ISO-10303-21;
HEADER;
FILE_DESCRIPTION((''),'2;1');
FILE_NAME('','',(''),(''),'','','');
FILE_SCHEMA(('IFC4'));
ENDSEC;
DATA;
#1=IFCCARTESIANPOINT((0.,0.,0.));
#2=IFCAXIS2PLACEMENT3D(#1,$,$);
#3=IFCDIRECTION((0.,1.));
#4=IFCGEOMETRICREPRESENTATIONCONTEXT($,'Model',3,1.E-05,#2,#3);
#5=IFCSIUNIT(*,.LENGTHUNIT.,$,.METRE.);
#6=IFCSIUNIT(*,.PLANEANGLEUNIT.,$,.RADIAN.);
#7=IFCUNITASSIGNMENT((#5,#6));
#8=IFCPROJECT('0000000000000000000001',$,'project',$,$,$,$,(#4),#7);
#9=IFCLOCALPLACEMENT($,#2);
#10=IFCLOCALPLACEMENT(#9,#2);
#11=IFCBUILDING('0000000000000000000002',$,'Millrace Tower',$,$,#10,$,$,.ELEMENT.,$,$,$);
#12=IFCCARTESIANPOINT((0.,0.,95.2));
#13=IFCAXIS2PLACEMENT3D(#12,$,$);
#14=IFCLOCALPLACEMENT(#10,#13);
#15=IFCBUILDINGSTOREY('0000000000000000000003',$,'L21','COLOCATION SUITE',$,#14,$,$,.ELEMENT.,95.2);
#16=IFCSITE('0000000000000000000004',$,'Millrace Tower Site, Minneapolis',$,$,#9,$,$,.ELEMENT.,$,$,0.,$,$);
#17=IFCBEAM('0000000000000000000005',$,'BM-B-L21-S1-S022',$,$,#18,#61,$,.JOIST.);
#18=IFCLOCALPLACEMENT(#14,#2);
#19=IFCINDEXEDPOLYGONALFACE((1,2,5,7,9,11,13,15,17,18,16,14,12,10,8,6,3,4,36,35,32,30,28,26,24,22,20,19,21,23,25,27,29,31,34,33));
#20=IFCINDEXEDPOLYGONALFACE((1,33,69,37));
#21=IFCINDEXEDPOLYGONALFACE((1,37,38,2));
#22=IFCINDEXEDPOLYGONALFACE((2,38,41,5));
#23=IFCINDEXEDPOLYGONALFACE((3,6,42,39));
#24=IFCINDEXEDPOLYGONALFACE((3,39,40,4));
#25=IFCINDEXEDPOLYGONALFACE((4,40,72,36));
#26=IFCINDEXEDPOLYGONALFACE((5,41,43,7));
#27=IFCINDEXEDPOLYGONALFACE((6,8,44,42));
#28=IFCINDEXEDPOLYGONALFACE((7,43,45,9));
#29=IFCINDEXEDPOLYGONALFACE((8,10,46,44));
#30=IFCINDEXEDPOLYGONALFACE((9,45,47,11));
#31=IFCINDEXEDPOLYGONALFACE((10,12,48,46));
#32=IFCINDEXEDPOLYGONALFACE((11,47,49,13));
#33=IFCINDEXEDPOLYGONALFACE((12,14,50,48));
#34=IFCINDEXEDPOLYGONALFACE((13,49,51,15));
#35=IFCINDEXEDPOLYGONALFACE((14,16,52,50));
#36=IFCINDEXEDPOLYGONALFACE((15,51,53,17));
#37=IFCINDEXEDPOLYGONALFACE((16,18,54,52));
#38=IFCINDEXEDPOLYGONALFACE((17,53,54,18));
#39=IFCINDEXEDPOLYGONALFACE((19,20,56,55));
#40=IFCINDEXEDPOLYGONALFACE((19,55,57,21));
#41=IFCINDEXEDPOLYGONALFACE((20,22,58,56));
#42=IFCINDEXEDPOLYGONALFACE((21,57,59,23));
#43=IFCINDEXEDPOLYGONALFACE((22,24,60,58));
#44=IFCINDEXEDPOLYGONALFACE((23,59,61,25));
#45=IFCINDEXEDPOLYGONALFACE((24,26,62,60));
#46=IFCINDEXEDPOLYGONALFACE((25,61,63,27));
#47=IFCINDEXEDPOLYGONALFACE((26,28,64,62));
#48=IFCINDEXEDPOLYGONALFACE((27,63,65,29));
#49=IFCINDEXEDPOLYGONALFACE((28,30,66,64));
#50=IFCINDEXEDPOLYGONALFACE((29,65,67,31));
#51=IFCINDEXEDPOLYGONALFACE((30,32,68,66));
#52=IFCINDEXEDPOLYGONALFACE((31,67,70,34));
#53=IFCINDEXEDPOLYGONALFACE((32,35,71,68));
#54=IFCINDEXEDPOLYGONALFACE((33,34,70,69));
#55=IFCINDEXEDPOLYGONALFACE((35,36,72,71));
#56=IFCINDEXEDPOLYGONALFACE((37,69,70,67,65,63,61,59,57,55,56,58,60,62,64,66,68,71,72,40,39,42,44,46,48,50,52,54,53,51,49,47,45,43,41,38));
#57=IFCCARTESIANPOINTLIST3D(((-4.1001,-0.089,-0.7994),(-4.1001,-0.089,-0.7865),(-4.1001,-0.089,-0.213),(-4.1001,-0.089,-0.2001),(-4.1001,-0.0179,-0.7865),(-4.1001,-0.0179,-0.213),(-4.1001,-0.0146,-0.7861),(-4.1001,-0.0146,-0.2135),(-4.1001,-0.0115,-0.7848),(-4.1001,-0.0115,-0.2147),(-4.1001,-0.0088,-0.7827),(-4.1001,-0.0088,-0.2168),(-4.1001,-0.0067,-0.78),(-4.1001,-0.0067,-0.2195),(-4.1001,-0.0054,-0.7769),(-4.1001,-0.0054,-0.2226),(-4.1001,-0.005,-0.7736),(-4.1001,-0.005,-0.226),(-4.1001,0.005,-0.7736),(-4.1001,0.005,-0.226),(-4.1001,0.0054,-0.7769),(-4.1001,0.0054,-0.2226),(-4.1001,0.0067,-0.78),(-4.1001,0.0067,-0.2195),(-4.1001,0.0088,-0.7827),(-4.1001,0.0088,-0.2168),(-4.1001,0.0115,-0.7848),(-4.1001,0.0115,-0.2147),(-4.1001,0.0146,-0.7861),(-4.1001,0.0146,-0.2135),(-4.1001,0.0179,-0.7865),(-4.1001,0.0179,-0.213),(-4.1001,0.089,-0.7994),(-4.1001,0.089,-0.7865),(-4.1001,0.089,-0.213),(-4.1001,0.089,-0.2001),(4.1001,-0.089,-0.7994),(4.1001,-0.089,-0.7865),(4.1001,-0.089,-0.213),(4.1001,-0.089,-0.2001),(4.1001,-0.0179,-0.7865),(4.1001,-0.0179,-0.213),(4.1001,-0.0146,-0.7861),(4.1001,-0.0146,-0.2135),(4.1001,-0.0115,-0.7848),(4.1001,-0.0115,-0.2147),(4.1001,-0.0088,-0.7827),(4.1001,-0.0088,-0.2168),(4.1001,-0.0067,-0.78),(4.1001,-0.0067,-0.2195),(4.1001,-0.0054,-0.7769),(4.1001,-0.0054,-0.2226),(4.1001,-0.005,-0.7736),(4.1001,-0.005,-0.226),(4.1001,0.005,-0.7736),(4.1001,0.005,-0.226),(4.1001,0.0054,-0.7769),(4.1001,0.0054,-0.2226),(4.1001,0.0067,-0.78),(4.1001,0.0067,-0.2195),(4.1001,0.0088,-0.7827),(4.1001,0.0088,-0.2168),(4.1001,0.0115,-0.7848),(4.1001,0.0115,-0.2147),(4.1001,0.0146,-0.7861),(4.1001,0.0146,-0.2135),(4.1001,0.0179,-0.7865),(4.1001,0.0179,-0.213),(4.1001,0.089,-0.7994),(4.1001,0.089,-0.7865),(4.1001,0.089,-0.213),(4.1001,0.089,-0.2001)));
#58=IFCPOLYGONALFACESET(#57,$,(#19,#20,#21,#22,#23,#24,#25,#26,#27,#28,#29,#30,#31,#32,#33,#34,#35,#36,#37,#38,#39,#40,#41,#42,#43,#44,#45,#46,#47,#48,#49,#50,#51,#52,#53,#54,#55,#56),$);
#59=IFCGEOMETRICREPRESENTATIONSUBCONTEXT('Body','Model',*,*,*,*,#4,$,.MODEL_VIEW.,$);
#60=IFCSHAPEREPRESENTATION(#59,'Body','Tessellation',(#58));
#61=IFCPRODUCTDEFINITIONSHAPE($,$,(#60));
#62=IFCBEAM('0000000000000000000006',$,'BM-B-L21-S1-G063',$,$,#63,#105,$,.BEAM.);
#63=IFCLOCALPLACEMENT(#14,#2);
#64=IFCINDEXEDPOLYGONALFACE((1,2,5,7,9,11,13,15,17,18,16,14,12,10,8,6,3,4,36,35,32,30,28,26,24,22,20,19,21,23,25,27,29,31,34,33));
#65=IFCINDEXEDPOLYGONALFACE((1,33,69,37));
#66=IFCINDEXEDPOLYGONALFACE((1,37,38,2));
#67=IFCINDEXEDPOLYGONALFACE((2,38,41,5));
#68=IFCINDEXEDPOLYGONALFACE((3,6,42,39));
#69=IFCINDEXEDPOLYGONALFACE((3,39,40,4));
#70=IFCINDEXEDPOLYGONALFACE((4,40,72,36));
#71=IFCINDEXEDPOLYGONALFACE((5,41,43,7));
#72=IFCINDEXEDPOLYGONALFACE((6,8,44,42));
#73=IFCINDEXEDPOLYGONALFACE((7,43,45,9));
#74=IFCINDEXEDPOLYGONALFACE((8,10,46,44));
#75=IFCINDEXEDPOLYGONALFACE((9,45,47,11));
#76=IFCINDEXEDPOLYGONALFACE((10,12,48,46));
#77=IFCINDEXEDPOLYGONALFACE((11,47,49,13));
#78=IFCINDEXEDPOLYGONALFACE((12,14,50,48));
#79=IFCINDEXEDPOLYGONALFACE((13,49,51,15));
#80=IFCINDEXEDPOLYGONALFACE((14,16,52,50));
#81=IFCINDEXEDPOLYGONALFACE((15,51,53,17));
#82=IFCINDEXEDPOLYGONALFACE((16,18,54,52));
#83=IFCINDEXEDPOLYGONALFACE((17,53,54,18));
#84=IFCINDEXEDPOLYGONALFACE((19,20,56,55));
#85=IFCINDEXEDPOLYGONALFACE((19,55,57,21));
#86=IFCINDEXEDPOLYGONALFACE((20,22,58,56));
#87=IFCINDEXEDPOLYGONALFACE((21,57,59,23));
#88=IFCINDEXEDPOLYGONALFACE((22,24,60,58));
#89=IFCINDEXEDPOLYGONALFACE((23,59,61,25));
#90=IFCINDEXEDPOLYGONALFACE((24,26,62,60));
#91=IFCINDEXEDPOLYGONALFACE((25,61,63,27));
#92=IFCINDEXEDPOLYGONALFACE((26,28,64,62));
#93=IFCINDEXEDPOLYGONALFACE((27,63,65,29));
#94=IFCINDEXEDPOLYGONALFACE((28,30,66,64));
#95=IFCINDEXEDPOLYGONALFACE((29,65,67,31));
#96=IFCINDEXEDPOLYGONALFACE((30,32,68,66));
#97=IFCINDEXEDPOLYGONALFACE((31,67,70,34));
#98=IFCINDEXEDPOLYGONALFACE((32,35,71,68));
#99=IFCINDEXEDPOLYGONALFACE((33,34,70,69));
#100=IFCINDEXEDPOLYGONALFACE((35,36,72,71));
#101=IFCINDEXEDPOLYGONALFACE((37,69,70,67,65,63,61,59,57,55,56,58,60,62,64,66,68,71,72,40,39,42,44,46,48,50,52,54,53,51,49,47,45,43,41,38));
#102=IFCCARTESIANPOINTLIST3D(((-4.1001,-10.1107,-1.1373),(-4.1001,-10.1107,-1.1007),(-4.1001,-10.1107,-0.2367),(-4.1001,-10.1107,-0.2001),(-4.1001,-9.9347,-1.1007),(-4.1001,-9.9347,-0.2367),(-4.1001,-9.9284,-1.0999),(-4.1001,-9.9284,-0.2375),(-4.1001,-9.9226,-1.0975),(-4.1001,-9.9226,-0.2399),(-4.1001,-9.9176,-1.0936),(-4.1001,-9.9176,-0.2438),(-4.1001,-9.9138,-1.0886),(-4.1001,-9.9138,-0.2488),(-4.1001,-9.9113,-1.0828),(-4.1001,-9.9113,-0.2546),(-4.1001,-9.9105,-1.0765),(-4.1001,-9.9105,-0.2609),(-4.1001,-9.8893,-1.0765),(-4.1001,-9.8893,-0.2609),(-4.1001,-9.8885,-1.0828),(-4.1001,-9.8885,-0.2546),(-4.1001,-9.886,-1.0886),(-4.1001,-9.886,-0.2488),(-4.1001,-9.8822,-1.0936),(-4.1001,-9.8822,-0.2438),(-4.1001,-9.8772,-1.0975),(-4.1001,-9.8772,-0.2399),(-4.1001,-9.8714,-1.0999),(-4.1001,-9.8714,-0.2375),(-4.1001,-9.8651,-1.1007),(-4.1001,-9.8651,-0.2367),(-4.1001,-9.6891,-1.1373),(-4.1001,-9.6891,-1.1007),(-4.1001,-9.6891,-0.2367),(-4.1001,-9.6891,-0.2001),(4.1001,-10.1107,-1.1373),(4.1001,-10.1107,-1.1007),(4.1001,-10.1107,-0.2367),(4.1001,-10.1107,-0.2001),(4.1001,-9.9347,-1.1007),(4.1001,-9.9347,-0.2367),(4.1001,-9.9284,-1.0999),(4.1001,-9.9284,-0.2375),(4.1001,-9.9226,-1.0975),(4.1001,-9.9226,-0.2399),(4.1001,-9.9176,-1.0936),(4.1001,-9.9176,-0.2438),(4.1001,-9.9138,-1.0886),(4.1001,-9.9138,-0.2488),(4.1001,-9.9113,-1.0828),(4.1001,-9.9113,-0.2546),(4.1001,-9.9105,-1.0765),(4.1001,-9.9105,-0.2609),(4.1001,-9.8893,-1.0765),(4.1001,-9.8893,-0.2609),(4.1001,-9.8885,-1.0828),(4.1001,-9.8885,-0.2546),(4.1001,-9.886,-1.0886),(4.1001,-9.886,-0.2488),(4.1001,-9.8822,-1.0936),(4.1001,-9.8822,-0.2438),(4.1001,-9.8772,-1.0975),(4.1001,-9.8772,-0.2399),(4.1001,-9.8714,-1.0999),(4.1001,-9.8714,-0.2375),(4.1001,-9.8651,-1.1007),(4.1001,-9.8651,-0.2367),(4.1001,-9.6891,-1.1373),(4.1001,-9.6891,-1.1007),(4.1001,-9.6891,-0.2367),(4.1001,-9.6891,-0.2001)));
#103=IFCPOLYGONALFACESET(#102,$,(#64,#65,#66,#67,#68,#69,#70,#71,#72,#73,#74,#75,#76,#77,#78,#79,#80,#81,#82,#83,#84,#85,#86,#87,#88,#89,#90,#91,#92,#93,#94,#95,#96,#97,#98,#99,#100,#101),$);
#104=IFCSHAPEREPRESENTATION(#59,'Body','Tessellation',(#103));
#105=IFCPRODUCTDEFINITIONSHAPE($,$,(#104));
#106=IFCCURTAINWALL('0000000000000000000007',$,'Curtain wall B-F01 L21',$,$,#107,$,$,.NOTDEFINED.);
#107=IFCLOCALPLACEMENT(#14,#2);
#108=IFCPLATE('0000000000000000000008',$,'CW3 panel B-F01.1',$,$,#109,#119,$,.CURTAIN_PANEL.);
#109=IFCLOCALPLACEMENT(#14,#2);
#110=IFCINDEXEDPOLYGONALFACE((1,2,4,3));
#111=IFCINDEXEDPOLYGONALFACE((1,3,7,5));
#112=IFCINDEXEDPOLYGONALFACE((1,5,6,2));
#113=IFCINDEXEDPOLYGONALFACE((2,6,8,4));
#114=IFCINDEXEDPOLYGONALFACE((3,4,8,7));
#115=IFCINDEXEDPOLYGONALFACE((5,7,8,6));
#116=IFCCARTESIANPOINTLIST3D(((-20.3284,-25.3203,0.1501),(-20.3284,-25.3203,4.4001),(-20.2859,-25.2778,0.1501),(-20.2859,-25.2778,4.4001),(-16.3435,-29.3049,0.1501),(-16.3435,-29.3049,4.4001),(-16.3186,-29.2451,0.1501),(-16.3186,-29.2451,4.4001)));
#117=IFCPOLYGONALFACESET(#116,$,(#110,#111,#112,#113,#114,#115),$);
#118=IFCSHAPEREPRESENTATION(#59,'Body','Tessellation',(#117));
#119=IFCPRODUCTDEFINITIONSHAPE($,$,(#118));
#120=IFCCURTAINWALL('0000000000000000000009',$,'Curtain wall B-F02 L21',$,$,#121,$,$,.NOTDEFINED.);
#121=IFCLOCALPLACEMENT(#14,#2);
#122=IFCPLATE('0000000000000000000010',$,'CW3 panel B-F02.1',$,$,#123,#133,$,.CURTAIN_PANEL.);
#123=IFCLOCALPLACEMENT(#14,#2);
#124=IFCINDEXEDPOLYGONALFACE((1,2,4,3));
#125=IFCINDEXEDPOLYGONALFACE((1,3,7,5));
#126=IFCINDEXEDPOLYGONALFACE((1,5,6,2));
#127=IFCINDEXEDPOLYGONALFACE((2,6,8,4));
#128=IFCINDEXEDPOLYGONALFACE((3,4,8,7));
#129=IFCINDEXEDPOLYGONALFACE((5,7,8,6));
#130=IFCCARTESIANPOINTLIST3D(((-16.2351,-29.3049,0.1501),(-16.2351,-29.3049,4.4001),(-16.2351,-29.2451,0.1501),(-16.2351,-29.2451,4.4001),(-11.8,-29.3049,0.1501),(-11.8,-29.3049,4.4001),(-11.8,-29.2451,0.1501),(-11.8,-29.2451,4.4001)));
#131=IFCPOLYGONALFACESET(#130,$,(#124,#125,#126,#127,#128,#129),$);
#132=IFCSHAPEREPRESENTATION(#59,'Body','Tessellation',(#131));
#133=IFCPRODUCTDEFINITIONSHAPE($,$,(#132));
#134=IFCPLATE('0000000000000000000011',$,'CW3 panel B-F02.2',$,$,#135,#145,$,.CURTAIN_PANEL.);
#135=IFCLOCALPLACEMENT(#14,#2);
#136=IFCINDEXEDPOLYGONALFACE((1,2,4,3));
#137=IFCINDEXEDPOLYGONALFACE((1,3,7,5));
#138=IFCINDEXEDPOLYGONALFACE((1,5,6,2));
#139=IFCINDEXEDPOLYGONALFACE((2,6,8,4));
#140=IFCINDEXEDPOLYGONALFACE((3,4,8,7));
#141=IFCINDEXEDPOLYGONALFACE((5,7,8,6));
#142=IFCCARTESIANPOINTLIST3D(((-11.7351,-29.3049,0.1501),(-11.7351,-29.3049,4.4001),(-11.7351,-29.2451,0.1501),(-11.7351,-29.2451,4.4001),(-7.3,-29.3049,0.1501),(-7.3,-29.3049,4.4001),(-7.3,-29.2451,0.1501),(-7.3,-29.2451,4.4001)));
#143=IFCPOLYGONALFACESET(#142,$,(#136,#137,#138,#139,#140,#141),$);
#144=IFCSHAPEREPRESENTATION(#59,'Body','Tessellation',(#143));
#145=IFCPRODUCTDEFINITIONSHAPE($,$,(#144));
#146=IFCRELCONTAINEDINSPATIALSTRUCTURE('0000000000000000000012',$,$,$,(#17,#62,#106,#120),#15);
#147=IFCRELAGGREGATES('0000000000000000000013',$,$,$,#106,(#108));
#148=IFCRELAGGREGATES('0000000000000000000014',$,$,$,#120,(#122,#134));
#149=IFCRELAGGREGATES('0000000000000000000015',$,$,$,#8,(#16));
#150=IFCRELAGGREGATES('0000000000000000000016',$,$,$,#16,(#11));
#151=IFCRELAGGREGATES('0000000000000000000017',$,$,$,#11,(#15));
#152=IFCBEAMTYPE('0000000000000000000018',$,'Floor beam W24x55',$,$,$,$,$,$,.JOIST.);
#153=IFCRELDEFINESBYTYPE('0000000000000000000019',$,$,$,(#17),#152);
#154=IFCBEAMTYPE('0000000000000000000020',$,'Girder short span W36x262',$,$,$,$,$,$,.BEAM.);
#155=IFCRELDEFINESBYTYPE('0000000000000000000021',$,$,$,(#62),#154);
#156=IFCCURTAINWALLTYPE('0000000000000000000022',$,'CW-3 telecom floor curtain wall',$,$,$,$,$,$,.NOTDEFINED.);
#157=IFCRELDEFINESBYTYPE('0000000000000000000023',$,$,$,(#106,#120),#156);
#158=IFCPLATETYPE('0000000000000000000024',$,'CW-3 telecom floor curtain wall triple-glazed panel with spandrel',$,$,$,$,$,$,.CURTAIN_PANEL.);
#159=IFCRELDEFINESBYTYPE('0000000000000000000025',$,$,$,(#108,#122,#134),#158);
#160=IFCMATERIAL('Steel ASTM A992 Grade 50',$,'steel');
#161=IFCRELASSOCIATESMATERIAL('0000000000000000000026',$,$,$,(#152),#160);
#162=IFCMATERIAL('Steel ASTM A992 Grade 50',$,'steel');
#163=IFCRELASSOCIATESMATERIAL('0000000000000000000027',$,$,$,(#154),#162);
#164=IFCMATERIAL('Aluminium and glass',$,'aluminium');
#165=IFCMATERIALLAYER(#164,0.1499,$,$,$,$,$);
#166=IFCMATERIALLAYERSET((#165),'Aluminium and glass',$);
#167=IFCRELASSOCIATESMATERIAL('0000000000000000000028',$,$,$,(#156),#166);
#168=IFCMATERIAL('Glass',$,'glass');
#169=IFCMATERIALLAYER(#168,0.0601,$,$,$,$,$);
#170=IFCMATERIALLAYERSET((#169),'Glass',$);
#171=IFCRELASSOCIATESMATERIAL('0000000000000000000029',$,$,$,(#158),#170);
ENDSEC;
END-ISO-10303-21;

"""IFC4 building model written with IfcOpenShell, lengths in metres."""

from ifc_helpers import new_model, si_unit, direction, frame, origin, origin_2d, place, context, subcontext, project, spatial, polyline, i_section, outline, extrude, material, layer, layer_set, material_profile, profile_set, type_object, element, aggregate, save


model = new_model("IFC4")

# Units and contexts
model_context = context("Model", 3, precision=1e-05, world=origin(), true_north=direction((0.0, 1.0)))
body_context = subcontext(model_context, "Body", "Model", "MODEL_VIEW")
ifc_project = project(units=[si_unit("LENGTHUNIT", "METRE"), si_unit("PLANEANGLEUNIT", "RADIAN")], contexts=[model_context])

# Site, building, storey
site_placement = place(None, origin())
site = spatial("IfcSite", under=ifc_project, at=site_placement, Name="Millrace Tower Site, Minneapolis", CompositionType="ELEMENT", RefElevation=0.0)
building_placement = place(site_placement, origin())
building = spatial("IfcBuilding", under=site, at=building_placement, Name="Millrace Tower", CompositionType="ELEMENT")
storey_placement = place(building_placement, frame((0.0, 0.0, 95.2)))
storey = spatial("IfcBuildingStorey", under=building, at=storey_placement, Name="L21", Description="COLOCATION SUITE", CompositionType="ELEMENT", Elevation=95.2)

# Beams
ifc_material_1 = material(Name="Steel ASTM A992 Grade 50", Category="steel")
ifc_material_profile_1 = material_profile(ifc_material_1, i_section(OverallWidth=0.178, OverallDepth=0.5994, WebThickness=0.01, FlangeThickness=0.0129, FilletRadius=0.0129, at=origin_2d()))
ifc_profile_set_1 = profile_set([ifc_material_profile_1], Name="Steel ASTM A992 Grade 50")
beam_type_1 = type_object("IfcBeamType", Name="Floor beam W24x55", PredefinedType="JOIST", material=ifc_profile_set_1)
for number, where, z_axis, x_axis, name in (
    (1, (-4.1001, 0.0, -0.4998), (1.0, 0.0, 0.0), (0.0, 1.0, 0.0), "BM-B-L21-S1-S022"),
):
    element("IfcBeam", number, at=place(storey_placement, frame(where, z_axis=z_axis, x_axis=x_axis)), inside=storey, type_object=beam_type_1, Name=name, PredefinedType="JOIST", context=body_context, shape_type="SweptSolid", body=[
        extrude(i_section(OverallWidth=0.178, OverallDepth=0.5994, WebThickness=0.01, FlangeThickness=0.0129, FilletRadius=0.0129, at=origin_2d()), origin(), (0.0, 0.0, 1.0), 8.2002),
    ])
ifc_material_2 = material(Name="Steel ASTM A992 Grade 50", Category="steel")
ifc_material_profile_2 = material_profile(ifc_material_2, i_section(OverallWidth=0.4216, OverallDepth=0.9373, WebThickness=0.0212, FlangeThickness=0.0366, FilletRadius=0.0242, at=origin_2d()))
ifc_profile_set_2 = profile_set([ifc_material_profile_2], Name="Steel ASTM A992 Grade 50")
beam_type_2 = type_object("IfcBeamType", Name="Girder short span W36x262", PredefinedType="BEAM", material=ifc_profile_set_2)
beam_1_placement = place(storey_placement, frame((-4.1001, -9.8999, -0.6687), z_axis=(1.0, 0.0, 0.0), x_axis=(0.0, 1.0, 0.0)))
element("IfcBeam", 2, at=beam_1_placement, inside=storey, type_object=beam_type_2, Name="BM-B-L21-S1-G063", PredefinedType="BEAM", context=body_context, shape_type="SweptSolid", body=[
    extrude(i_section(OverallWidth=0.4216, OverallDepth=0.9373, WebThickness=0.0212, FlangeThickness=0.0366, FilletRadius=0.0242, at=origin_2d()), origin(), (0.0, 0.0, 1.0), 8.2002),
])

# Curtain wall, plate
ifc_material_3 = material(Name="Aluminium and glass", Category="aluminium")
ifc_layer_1 = layer(ifc_material_3, 0.1499)
ifc_layer_set_1 = layer_set([ifc_layer_1], Name="Aluminium and glass")
curtain_wall_type = type_object("IfcCurtainWallType", Name="CW-3 telecom floor curtain wall", PredefinedType="NOTDEFINED", material=ifc_layer_set_1)
placement_1 = place(storey_placement, origin())
curtain_wall_1 = element("IfcCurtainWall", 3, at=placement_1, inside=storey, type_object=curtain_wall_type, Name="Curtain wall B-F01 L21", PredefinedType="NOTDEFINED")
ifc_material_4 = material(Name="Glass", Category="glass")
ifc_layer_2 = layer(ifc_material_4, 0.0601)
ifc_layer_set_2 = layer_set([ifc_layer_2], Name="Glass")
plate_type = type_object("IfcPlateType", Name="CW-3 telecom floor curtain wall triple-glazed panel with spandrel", PredefinedType="CURTAIN_PANEL", material=ifc_layer_set_2)
placement_2 = place(storey_placement, frame((0.0, 0.0, 0.1501)))
plate_1 = element("IfcPlate", 4, at=placement_2, type_object=plate_type, Name="CW3 panel B-F01.1", PredefinedType="CURTAIN_PANEL", context=body_context, shape_type="SweptSolid", body=[
    extrude(outline(polyline([(-20.3284, -25.3203), (-16.3435, -29.3049), (-16.3186, -29.2451), (-20.2859, -25.2778), (-20.3284, -25.3203)])), origin(), (0.0, 0.0, 1.0), 4.25),
])
aggregate(curtain_wall_1, [plate_1])

# Curtain wall, plates
curtain_wall_2 = element("IfcCurtainWall", 5, at=placement_1, inside=storey, type_object=curtain_wall_type, Name="Curtain wall B-F02 L21", PredefinedType="NOTDEFINED")
plate_2 = element("IfcPlate", 6, at=placement_2, type_object=plate_type, Name="CW3 panel B-F02.1", PredefinedType="CURTAIN_PANEL", context=body_context, shape_type="SweptSolid", body=[
    extrude(outline(polyline([(-16.2351, -29.3049), (-11.8, -29.3049), (-11.8, -29.2451), (-16.2351, -29.2451), (-16.2351, -29.3049)])), origin(), (0.0, 0.0, 1.0), 4.25),
])
plate_3 = element("IfcPlate", 7, at=placement_2, type_object=plate_type, Name="CW3 panel B-F02.2", PredefinedType="CURTAIN_PANEL", context=body_context, shape_type="SweptSolid", body=[
    extrude(outline(polyline([(-11.7351, -29.3049), (-7.3, -29.3049), (-7.3, -29.2451), (-11.7351, -29.2451), (-11.7351, -29.3049)])), origin(), (0.0, 0.0, 1.0), 4.25),
])
aggregate(curtain_wall_2, [plate_2, plate_3])

save(model, "model.ifc")
